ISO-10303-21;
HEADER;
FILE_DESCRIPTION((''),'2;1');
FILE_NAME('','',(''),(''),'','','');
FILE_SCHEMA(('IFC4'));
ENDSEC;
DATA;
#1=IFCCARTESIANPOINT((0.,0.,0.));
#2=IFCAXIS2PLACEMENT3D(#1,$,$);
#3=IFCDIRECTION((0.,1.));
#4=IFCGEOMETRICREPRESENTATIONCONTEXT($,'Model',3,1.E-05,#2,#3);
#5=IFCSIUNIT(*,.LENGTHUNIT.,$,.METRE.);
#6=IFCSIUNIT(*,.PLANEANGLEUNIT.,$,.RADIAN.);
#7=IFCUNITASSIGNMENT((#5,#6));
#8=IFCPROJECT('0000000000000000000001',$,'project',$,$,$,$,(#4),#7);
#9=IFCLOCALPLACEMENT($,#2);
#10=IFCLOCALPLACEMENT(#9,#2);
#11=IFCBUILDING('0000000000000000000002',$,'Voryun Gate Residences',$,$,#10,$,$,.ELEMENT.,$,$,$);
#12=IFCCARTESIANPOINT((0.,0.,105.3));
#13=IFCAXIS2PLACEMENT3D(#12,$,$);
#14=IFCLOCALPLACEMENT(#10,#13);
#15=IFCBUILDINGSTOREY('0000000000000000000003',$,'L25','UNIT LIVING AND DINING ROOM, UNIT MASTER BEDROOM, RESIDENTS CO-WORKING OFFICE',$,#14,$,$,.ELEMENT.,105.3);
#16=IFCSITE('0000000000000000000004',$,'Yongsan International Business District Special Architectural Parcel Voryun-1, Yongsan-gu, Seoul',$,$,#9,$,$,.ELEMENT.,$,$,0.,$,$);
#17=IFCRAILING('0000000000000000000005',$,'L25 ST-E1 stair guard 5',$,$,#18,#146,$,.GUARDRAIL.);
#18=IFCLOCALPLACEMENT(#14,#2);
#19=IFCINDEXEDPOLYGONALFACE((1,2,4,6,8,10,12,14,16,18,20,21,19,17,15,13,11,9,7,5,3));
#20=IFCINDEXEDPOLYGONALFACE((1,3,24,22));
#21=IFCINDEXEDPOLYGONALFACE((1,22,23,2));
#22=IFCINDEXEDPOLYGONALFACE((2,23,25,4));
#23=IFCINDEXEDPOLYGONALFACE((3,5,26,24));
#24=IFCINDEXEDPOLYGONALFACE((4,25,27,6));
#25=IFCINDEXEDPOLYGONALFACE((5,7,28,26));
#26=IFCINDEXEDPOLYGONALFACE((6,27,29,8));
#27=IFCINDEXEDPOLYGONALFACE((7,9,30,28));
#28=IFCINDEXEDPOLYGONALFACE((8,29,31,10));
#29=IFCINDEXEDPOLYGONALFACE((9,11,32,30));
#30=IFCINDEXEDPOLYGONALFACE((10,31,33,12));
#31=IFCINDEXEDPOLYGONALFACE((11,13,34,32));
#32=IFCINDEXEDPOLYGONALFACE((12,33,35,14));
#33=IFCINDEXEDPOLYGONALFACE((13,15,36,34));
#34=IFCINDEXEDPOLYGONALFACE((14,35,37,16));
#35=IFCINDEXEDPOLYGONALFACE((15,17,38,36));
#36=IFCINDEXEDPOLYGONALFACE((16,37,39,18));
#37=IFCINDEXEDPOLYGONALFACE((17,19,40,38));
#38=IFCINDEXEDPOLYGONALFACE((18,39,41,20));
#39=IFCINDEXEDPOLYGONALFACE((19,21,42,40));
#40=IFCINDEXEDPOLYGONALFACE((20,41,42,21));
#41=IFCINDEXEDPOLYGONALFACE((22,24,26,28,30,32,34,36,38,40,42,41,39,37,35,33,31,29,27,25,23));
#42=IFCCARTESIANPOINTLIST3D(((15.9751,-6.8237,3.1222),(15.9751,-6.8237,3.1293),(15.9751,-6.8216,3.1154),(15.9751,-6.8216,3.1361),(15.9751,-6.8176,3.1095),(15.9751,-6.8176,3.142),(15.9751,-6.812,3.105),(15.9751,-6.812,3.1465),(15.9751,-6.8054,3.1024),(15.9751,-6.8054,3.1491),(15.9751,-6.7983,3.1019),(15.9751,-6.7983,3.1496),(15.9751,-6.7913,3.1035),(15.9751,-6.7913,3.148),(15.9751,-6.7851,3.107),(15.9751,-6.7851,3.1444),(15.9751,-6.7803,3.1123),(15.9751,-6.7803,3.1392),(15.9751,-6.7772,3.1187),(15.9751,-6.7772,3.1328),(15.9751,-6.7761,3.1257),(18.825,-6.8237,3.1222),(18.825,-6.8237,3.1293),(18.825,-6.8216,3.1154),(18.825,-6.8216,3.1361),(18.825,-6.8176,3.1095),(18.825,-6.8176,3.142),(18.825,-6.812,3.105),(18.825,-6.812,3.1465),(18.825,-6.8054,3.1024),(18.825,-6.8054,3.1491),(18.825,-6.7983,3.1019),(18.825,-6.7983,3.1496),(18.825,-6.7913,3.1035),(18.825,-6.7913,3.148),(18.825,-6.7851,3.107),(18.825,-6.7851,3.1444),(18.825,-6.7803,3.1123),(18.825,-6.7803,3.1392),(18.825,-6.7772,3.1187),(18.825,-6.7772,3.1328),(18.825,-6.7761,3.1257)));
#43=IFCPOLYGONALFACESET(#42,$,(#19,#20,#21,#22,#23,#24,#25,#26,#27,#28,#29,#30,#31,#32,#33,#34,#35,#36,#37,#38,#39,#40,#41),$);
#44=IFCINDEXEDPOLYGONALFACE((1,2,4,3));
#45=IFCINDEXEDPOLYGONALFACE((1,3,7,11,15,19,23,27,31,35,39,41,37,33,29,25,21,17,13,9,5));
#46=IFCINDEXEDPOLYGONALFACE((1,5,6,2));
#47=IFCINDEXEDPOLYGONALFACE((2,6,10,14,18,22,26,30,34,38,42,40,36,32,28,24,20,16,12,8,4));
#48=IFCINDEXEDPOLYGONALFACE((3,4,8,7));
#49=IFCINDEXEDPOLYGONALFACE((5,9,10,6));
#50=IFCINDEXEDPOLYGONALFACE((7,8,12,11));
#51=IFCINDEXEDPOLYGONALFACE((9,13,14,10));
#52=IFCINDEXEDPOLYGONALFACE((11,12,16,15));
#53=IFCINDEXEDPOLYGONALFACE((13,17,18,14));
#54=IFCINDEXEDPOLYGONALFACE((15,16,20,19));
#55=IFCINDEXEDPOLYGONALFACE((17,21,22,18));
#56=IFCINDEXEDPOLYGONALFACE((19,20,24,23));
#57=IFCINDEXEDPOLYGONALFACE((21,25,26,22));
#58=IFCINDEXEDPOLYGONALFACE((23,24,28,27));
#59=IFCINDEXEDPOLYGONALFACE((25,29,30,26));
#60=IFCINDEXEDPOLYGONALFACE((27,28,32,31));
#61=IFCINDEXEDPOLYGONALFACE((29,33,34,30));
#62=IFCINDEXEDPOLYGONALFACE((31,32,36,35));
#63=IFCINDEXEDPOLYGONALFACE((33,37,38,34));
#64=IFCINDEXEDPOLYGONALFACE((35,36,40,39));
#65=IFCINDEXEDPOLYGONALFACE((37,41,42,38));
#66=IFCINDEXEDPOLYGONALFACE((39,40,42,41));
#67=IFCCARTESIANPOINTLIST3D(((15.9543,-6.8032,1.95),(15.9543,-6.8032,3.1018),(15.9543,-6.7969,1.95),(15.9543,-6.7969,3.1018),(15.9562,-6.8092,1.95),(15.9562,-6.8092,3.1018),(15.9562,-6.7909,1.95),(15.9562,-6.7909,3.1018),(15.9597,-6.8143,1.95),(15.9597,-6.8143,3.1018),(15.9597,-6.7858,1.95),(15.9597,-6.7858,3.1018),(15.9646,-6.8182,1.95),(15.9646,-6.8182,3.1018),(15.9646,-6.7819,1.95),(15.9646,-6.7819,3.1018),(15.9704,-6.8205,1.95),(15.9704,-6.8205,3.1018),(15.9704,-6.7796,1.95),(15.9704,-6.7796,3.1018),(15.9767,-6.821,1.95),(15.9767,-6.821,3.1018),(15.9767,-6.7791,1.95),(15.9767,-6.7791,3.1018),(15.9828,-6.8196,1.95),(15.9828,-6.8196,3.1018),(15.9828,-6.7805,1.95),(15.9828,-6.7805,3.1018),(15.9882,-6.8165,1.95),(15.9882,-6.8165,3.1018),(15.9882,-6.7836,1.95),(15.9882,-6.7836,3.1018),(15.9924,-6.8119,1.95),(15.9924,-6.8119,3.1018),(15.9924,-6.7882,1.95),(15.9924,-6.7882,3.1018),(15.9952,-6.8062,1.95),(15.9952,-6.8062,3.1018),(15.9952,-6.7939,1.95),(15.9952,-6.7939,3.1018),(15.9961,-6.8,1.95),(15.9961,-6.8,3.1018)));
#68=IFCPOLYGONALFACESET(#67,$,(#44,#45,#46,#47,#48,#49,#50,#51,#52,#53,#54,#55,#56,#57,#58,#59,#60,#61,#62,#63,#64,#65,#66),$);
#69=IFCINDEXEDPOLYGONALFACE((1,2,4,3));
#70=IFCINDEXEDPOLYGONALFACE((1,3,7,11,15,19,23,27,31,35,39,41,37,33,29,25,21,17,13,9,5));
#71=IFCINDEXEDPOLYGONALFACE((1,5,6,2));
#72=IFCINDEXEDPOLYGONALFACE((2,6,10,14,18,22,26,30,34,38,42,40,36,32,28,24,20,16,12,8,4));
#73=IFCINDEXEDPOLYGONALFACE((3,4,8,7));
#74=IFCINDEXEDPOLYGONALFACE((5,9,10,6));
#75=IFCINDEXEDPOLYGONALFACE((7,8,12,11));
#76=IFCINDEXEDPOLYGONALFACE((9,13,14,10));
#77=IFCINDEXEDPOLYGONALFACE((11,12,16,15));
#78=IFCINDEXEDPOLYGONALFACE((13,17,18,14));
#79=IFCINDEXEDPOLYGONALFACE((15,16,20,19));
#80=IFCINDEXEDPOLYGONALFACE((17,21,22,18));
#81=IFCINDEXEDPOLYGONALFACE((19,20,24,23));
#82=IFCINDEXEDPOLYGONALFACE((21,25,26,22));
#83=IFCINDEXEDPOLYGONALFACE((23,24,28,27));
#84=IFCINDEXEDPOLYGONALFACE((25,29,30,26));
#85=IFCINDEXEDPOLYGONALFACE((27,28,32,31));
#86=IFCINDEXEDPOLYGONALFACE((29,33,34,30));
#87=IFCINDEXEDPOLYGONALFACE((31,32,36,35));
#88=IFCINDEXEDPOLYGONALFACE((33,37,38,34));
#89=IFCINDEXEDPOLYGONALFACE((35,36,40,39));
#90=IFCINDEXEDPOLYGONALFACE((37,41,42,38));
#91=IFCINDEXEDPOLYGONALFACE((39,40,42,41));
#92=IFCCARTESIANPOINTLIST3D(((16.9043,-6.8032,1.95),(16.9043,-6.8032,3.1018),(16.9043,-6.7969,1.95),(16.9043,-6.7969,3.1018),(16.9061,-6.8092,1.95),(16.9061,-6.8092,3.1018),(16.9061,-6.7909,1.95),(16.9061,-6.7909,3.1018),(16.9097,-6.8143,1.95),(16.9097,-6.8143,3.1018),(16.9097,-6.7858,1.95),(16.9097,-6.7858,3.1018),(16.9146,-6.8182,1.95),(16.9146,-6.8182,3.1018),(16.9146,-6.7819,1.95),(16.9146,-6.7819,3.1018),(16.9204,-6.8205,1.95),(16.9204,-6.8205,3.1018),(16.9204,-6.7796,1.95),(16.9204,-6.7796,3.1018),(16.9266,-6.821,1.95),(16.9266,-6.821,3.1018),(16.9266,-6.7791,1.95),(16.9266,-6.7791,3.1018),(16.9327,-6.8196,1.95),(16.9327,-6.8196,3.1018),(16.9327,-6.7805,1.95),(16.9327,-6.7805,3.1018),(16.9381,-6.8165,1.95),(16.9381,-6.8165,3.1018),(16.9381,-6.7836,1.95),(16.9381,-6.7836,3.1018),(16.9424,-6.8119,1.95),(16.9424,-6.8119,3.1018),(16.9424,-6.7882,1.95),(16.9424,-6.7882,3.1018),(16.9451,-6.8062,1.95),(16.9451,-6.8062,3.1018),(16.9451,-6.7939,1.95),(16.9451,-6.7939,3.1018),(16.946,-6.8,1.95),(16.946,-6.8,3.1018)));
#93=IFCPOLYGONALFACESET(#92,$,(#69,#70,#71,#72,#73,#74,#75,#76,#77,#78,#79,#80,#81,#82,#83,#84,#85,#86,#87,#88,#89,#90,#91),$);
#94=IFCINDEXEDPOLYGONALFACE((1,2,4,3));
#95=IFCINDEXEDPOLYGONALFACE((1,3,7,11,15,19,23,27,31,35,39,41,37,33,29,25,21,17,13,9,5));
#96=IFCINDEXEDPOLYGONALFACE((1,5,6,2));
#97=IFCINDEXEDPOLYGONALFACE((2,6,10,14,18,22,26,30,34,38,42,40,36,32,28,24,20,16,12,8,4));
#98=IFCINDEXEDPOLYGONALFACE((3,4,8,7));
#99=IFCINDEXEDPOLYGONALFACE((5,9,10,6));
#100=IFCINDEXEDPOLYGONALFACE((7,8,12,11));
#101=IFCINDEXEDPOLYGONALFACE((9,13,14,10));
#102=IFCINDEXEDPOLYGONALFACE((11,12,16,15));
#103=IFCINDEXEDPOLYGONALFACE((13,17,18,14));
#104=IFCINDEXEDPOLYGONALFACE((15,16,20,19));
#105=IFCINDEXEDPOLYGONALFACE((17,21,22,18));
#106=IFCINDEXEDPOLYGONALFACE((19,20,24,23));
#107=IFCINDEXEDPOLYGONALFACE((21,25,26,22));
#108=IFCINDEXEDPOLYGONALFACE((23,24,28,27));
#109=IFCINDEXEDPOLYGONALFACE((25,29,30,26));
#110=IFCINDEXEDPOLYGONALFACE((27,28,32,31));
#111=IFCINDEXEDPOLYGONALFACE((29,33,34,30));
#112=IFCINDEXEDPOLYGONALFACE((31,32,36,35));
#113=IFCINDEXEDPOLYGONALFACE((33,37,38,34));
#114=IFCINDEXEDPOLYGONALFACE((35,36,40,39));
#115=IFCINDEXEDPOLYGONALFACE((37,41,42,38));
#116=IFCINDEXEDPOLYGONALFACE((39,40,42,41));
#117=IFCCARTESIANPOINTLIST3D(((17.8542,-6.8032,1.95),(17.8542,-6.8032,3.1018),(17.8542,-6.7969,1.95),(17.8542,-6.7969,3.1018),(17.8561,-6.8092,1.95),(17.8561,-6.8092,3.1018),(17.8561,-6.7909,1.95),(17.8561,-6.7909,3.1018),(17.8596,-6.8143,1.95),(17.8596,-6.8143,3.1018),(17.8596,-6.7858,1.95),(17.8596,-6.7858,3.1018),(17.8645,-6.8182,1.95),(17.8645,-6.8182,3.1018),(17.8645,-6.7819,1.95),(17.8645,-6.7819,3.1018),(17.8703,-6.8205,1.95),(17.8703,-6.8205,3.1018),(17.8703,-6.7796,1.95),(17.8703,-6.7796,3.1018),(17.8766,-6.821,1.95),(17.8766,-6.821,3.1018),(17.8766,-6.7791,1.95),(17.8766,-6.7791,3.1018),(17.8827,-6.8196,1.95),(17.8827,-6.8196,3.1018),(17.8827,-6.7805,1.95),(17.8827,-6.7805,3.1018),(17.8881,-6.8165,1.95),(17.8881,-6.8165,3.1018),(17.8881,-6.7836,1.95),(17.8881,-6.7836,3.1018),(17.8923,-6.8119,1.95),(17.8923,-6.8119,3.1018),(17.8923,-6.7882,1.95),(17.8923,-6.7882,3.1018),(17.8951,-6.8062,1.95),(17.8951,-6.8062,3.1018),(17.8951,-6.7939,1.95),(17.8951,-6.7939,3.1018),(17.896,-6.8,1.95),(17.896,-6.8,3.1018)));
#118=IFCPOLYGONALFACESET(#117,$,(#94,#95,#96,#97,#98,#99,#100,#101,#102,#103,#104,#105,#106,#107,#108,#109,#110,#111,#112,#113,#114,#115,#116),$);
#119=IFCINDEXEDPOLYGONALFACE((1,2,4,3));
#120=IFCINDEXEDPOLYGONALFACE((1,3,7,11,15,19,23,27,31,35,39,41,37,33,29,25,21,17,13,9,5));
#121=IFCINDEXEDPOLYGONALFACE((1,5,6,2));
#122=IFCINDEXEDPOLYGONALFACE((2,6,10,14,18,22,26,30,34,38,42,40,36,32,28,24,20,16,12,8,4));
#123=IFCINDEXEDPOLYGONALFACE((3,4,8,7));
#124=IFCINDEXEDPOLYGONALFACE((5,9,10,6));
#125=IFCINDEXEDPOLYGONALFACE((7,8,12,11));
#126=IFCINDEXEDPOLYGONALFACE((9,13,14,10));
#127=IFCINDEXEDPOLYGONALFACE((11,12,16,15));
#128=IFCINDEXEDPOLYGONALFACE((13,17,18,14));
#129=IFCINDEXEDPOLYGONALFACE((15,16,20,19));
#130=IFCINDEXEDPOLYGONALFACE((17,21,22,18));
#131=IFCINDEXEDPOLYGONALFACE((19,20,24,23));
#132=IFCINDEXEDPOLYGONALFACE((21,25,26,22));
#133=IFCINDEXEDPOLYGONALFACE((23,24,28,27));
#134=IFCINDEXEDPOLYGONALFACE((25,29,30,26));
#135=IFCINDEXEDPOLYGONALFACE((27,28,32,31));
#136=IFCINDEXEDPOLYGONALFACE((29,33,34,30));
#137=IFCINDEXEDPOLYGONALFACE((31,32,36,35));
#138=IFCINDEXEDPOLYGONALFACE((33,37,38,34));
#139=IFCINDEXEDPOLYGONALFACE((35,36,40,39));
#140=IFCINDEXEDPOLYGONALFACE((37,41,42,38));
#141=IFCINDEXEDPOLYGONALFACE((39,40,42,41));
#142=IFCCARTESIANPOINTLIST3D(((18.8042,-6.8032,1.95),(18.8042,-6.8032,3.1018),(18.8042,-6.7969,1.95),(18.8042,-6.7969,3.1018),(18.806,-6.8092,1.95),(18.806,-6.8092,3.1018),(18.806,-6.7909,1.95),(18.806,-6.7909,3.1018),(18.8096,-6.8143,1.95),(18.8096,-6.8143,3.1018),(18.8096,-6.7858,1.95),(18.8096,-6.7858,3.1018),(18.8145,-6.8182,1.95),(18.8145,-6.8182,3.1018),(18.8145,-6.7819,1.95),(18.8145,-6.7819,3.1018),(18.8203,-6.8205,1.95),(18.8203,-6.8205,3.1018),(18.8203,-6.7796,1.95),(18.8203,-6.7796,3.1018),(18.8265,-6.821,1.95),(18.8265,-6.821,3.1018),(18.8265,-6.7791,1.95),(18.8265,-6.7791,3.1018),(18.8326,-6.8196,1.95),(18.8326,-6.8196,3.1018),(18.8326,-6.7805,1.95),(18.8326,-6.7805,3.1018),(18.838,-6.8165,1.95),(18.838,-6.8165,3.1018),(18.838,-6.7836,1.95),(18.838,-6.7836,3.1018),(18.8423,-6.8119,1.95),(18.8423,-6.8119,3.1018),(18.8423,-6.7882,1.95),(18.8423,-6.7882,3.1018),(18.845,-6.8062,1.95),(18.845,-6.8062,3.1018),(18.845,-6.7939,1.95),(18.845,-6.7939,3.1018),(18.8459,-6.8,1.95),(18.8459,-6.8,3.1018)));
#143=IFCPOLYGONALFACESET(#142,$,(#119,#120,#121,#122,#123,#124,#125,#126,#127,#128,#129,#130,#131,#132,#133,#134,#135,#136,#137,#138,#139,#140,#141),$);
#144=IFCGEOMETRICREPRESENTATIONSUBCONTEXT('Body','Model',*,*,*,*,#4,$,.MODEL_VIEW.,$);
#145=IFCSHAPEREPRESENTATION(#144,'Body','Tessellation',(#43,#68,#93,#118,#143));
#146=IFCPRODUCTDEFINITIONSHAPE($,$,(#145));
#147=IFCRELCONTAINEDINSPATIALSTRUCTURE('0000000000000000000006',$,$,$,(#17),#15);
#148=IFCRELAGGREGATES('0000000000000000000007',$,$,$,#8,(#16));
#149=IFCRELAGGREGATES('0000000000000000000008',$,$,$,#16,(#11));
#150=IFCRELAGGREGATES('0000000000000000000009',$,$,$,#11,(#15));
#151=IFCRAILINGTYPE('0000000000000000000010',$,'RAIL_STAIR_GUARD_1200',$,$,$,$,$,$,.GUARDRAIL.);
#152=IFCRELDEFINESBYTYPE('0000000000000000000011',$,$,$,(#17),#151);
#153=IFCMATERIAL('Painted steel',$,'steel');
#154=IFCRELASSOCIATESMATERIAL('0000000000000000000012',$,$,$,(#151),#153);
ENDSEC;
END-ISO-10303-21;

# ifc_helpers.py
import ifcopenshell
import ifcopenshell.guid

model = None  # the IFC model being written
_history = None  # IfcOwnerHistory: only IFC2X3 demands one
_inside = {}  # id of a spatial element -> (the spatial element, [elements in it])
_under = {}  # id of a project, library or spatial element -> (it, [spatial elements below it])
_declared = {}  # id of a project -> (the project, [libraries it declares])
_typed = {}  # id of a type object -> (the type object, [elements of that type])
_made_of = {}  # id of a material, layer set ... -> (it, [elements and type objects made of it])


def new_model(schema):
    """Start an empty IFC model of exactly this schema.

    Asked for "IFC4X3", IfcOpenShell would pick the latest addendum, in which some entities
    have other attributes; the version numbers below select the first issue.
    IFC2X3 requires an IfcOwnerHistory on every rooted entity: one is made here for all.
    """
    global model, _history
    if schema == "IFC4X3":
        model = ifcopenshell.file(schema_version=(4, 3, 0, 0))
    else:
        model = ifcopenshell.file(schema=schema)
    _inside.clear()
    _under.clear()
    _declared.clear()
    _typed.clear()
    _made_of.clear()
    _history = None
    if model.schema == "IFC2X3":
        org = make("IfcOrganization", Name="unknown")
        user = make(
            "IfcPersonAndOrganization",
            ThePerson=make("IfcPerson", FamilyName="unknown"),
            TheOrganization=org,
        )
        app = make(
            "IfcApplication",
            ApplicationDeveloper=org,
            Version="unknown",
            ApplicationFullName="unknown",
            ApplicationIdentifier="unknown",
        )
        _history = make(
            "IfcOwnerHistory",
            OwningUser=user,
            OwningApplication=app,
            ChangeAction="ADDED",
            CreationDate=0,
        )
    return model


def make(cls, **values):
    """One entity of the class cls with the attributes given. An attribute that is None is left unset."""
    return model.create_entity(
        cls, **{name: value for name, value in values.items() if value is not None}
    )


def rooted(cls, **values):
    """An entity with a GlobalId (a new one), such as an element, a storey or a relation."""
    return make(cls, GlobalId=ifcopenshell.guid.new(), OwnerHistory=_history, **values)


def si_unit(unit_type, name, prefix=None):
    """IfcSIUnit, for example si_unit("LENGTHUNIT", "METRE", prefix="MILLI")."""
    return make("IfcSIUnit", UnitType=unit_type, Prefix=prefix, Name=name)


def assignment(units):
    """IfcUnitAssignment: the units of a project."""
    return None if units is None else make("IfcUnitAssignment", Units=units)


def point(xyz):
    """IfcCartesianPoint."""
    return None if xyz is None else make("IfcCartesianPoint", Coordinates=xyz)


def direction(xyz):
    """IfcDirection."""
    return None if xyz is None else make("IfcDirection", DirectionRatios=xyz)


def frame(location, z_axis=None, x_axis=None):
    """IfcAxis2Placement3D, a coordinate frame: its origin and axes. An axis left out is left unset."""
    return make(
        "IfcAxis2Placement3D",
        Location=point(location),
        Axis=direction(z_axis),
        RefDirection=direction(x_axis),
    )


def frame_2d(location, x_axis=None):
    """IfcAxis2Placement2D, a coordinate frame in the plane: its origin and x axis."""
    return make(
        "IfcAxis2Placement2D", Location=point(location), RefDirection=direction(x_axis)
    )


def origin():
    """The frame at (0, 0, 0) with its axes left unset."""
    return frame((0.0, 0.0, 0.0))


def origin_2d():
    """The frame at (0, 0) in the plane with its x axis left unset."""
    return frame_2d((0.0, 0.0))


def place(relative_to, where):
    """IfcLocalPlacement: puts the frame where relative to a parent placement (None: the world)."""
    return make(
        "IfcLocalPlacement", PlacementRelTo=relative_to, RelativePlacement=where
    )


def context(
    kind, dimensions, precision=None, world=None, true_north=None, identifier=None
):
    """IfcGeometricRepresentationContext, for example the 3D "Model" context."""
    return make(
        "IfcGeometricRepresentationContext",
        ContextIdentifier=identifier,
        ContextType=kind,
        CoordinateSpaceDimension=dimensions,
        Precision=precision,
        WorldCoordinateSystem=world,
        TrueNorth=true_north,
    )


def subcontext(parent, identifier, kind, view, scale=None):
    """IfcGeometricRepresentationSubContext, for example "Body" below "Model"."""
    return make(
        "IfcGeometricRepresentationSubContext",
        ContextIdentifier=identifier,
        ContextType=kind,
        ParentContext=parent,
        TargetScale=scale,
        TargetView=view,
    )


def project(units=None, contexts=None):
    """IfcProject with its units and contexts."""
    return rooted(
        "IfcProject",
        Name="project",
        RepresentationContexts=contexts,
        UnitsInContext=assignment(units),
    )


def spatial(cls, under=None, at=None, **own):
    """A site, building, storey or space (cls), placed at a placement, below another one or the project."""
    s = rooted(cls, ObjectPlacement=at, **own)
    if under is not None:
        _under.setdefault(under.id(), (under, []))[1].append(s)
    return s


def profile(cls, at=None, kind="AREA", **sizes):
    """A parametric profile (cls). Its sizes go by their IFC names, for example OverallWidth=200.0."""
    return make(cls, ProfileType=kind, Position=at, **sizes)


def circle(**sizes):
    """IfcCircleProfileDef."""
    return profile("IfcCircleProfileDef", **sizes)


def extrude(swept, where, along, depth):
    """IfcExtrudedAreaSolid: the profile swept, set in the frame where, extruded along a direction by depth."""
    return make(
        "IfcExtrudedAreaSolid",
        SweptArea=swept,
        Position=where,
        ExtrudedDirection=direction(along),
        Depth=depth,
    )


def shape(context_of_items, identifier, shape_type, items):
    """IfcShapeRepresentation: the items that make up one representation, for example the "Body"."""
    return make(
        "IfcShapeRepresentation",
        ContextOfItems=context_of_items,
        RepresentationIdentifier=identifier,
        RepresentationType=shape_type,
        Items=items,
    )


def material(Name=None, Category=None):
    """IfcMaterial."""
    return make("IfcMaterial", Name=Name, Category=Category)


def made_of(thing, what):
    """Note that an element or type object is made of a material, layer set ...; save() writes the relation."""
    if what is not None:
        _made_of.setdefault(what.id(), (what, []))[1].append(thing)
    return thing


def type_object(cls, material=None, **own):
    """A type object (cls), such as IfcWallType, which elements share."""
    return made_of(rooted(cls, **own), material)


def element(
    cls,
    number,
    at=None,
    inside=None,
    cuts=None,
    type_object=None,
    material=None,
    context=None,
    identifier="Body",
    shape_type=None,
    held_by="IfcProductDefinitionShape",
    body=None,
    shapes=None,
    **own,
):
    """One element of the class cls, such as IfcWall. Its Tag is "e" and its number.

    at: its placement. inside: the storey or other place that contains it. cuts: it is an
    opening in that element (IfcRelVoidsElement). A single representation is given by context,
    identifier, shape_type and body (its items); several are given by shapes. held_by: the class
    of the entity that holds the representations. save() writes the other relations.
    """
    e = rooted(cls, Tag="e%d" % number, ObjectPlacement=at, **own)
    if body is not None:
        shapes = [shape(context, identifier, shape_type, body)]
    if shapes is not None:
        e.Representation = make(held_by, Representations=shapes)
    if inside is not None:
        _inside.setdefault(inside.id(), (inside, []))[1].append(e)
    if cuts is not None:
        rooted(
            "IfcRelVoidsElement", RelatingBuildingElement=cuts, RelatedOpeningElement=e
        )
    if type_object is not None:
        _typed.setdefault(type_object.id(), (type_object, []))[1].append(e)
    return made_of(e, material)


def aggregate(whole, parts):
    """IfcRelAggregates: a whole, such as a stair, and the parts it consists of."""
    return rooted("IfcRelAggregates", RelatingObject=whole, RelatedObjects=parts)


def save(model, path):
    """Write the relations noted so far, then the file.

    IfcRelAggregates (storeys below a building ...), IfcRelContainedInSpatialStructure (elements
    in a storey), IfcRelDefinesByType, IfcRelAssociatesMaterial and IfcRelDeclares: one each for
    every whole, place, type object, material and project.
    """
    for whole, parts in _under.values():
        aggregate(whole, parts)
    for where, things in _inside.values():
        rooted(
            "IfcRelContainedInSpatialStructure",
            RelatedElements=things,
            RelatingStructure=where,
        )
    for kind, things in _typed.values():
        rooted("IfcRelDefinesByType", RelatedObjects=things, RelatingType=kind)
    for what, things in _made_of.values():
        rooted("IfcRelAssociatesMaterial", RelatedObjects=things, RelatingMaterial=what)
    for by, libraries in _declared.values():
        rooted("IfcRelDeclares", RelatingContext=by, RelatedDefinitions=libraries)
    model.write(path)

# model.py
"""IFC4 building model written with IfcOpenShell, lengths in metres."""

from ifc_helpers import new_model, si_unit, direction, frame, origin, origin_2d, place, context, subcontext, project, spatial, circle, extrude, material, type_object, element, save


model = new_model("IFC4")

# Units and contexts
model_context = context("Model", 3, precision=1e-05, world=origin(), true_north=direction((0.0, 1.0)))
body_context = subcontext(model_context, "Body", "Model", "MODEL_VIEW")
ifc_project = project(units=[si_unit("LENGTHUNIT", "METRE"), si_unit("PLANEANGLEUNIT", "RADIAN")], contexts=[model_context])

# Site, building, storey
site_placement = place(None, origin())
site = spatial("IfcSite", under=ifc_project, at=site_placement, Name="Yongsan International Business District Special Architectural Parcel Voryun-1, Yongsan-gu, Seoul", CompositionType="ELEMENT", RefElevation=0.0)
building_placement = place(site_placement, origin())
building = spatial("IfcBuilding", under=site, at=building_placement, Name="Voryun Gate Residences", CompositionType="ELEMENT")
storey_placement = place(building_placement, frame((0.0, 0.0, 105.3)))
storey = spatial("IfcBuildingStorey", under=building, at=storey_placement, Name="L25", Description="UNIT LIVING AND DINING ROOM, UNIT MASTER BEDROOM, RESIDENTS CO-WORKING OFFICE", CompositionType="ELEMENT", Elevation=105.3)

# Railing
ifc_material_1 = material(Name="Painted steel", Category="steel")
railing_type_1 = type_object("IfcRailingType", Name="RAIL_STAIR_GUARD_1200", PredefinedType="GUARDRAIL", material=ifc_material_1)
railing_1_placement = place(storey_placement, frame((15.9751, -6.8, 1.95)))
element("IfcRailing", 1, at=railing_1_placement, inside=storey, type_object=railing_type_1, Name="L25 ST-E1 stair guard 5", PredefinedType="GUARDRAIL", context=body_context, shape_type="SweptSolid", body=[
    extrude(circle(Radius=0.0239, at=origin_2d()), frame((0.0, 0.0, 1.1758), z_axis=(1.0, 0.0, 0.0), x_axis=(0.0, 1.0, 0.0)), (0.0, 0.0, 1.0), 2.8499),
    extrude(circle(Radius=0.021, at=origin_2d()), origin(), (0.0, 0.0, 1.0), 1.1519),
    extrude(circle(Radius=0.021, at=origin_2d()), frame((0.95, 0.0, 0.0)), (0.0, 0.0, 1.0), 1.1519),
    extrude(circle(Radius=0.021, at=origin_2d()), frame((1.8999, 0.0, 0.0)), (0.0, 0.0, 1.0), 1.1519),
    extrude(circle(Radius=0.021, at=origin_2d()), frame((2.8499, 0.0, 0.0)), (0.0, 0.0, 1.0), 1.1519),
])

save(model, "model.ifc")
